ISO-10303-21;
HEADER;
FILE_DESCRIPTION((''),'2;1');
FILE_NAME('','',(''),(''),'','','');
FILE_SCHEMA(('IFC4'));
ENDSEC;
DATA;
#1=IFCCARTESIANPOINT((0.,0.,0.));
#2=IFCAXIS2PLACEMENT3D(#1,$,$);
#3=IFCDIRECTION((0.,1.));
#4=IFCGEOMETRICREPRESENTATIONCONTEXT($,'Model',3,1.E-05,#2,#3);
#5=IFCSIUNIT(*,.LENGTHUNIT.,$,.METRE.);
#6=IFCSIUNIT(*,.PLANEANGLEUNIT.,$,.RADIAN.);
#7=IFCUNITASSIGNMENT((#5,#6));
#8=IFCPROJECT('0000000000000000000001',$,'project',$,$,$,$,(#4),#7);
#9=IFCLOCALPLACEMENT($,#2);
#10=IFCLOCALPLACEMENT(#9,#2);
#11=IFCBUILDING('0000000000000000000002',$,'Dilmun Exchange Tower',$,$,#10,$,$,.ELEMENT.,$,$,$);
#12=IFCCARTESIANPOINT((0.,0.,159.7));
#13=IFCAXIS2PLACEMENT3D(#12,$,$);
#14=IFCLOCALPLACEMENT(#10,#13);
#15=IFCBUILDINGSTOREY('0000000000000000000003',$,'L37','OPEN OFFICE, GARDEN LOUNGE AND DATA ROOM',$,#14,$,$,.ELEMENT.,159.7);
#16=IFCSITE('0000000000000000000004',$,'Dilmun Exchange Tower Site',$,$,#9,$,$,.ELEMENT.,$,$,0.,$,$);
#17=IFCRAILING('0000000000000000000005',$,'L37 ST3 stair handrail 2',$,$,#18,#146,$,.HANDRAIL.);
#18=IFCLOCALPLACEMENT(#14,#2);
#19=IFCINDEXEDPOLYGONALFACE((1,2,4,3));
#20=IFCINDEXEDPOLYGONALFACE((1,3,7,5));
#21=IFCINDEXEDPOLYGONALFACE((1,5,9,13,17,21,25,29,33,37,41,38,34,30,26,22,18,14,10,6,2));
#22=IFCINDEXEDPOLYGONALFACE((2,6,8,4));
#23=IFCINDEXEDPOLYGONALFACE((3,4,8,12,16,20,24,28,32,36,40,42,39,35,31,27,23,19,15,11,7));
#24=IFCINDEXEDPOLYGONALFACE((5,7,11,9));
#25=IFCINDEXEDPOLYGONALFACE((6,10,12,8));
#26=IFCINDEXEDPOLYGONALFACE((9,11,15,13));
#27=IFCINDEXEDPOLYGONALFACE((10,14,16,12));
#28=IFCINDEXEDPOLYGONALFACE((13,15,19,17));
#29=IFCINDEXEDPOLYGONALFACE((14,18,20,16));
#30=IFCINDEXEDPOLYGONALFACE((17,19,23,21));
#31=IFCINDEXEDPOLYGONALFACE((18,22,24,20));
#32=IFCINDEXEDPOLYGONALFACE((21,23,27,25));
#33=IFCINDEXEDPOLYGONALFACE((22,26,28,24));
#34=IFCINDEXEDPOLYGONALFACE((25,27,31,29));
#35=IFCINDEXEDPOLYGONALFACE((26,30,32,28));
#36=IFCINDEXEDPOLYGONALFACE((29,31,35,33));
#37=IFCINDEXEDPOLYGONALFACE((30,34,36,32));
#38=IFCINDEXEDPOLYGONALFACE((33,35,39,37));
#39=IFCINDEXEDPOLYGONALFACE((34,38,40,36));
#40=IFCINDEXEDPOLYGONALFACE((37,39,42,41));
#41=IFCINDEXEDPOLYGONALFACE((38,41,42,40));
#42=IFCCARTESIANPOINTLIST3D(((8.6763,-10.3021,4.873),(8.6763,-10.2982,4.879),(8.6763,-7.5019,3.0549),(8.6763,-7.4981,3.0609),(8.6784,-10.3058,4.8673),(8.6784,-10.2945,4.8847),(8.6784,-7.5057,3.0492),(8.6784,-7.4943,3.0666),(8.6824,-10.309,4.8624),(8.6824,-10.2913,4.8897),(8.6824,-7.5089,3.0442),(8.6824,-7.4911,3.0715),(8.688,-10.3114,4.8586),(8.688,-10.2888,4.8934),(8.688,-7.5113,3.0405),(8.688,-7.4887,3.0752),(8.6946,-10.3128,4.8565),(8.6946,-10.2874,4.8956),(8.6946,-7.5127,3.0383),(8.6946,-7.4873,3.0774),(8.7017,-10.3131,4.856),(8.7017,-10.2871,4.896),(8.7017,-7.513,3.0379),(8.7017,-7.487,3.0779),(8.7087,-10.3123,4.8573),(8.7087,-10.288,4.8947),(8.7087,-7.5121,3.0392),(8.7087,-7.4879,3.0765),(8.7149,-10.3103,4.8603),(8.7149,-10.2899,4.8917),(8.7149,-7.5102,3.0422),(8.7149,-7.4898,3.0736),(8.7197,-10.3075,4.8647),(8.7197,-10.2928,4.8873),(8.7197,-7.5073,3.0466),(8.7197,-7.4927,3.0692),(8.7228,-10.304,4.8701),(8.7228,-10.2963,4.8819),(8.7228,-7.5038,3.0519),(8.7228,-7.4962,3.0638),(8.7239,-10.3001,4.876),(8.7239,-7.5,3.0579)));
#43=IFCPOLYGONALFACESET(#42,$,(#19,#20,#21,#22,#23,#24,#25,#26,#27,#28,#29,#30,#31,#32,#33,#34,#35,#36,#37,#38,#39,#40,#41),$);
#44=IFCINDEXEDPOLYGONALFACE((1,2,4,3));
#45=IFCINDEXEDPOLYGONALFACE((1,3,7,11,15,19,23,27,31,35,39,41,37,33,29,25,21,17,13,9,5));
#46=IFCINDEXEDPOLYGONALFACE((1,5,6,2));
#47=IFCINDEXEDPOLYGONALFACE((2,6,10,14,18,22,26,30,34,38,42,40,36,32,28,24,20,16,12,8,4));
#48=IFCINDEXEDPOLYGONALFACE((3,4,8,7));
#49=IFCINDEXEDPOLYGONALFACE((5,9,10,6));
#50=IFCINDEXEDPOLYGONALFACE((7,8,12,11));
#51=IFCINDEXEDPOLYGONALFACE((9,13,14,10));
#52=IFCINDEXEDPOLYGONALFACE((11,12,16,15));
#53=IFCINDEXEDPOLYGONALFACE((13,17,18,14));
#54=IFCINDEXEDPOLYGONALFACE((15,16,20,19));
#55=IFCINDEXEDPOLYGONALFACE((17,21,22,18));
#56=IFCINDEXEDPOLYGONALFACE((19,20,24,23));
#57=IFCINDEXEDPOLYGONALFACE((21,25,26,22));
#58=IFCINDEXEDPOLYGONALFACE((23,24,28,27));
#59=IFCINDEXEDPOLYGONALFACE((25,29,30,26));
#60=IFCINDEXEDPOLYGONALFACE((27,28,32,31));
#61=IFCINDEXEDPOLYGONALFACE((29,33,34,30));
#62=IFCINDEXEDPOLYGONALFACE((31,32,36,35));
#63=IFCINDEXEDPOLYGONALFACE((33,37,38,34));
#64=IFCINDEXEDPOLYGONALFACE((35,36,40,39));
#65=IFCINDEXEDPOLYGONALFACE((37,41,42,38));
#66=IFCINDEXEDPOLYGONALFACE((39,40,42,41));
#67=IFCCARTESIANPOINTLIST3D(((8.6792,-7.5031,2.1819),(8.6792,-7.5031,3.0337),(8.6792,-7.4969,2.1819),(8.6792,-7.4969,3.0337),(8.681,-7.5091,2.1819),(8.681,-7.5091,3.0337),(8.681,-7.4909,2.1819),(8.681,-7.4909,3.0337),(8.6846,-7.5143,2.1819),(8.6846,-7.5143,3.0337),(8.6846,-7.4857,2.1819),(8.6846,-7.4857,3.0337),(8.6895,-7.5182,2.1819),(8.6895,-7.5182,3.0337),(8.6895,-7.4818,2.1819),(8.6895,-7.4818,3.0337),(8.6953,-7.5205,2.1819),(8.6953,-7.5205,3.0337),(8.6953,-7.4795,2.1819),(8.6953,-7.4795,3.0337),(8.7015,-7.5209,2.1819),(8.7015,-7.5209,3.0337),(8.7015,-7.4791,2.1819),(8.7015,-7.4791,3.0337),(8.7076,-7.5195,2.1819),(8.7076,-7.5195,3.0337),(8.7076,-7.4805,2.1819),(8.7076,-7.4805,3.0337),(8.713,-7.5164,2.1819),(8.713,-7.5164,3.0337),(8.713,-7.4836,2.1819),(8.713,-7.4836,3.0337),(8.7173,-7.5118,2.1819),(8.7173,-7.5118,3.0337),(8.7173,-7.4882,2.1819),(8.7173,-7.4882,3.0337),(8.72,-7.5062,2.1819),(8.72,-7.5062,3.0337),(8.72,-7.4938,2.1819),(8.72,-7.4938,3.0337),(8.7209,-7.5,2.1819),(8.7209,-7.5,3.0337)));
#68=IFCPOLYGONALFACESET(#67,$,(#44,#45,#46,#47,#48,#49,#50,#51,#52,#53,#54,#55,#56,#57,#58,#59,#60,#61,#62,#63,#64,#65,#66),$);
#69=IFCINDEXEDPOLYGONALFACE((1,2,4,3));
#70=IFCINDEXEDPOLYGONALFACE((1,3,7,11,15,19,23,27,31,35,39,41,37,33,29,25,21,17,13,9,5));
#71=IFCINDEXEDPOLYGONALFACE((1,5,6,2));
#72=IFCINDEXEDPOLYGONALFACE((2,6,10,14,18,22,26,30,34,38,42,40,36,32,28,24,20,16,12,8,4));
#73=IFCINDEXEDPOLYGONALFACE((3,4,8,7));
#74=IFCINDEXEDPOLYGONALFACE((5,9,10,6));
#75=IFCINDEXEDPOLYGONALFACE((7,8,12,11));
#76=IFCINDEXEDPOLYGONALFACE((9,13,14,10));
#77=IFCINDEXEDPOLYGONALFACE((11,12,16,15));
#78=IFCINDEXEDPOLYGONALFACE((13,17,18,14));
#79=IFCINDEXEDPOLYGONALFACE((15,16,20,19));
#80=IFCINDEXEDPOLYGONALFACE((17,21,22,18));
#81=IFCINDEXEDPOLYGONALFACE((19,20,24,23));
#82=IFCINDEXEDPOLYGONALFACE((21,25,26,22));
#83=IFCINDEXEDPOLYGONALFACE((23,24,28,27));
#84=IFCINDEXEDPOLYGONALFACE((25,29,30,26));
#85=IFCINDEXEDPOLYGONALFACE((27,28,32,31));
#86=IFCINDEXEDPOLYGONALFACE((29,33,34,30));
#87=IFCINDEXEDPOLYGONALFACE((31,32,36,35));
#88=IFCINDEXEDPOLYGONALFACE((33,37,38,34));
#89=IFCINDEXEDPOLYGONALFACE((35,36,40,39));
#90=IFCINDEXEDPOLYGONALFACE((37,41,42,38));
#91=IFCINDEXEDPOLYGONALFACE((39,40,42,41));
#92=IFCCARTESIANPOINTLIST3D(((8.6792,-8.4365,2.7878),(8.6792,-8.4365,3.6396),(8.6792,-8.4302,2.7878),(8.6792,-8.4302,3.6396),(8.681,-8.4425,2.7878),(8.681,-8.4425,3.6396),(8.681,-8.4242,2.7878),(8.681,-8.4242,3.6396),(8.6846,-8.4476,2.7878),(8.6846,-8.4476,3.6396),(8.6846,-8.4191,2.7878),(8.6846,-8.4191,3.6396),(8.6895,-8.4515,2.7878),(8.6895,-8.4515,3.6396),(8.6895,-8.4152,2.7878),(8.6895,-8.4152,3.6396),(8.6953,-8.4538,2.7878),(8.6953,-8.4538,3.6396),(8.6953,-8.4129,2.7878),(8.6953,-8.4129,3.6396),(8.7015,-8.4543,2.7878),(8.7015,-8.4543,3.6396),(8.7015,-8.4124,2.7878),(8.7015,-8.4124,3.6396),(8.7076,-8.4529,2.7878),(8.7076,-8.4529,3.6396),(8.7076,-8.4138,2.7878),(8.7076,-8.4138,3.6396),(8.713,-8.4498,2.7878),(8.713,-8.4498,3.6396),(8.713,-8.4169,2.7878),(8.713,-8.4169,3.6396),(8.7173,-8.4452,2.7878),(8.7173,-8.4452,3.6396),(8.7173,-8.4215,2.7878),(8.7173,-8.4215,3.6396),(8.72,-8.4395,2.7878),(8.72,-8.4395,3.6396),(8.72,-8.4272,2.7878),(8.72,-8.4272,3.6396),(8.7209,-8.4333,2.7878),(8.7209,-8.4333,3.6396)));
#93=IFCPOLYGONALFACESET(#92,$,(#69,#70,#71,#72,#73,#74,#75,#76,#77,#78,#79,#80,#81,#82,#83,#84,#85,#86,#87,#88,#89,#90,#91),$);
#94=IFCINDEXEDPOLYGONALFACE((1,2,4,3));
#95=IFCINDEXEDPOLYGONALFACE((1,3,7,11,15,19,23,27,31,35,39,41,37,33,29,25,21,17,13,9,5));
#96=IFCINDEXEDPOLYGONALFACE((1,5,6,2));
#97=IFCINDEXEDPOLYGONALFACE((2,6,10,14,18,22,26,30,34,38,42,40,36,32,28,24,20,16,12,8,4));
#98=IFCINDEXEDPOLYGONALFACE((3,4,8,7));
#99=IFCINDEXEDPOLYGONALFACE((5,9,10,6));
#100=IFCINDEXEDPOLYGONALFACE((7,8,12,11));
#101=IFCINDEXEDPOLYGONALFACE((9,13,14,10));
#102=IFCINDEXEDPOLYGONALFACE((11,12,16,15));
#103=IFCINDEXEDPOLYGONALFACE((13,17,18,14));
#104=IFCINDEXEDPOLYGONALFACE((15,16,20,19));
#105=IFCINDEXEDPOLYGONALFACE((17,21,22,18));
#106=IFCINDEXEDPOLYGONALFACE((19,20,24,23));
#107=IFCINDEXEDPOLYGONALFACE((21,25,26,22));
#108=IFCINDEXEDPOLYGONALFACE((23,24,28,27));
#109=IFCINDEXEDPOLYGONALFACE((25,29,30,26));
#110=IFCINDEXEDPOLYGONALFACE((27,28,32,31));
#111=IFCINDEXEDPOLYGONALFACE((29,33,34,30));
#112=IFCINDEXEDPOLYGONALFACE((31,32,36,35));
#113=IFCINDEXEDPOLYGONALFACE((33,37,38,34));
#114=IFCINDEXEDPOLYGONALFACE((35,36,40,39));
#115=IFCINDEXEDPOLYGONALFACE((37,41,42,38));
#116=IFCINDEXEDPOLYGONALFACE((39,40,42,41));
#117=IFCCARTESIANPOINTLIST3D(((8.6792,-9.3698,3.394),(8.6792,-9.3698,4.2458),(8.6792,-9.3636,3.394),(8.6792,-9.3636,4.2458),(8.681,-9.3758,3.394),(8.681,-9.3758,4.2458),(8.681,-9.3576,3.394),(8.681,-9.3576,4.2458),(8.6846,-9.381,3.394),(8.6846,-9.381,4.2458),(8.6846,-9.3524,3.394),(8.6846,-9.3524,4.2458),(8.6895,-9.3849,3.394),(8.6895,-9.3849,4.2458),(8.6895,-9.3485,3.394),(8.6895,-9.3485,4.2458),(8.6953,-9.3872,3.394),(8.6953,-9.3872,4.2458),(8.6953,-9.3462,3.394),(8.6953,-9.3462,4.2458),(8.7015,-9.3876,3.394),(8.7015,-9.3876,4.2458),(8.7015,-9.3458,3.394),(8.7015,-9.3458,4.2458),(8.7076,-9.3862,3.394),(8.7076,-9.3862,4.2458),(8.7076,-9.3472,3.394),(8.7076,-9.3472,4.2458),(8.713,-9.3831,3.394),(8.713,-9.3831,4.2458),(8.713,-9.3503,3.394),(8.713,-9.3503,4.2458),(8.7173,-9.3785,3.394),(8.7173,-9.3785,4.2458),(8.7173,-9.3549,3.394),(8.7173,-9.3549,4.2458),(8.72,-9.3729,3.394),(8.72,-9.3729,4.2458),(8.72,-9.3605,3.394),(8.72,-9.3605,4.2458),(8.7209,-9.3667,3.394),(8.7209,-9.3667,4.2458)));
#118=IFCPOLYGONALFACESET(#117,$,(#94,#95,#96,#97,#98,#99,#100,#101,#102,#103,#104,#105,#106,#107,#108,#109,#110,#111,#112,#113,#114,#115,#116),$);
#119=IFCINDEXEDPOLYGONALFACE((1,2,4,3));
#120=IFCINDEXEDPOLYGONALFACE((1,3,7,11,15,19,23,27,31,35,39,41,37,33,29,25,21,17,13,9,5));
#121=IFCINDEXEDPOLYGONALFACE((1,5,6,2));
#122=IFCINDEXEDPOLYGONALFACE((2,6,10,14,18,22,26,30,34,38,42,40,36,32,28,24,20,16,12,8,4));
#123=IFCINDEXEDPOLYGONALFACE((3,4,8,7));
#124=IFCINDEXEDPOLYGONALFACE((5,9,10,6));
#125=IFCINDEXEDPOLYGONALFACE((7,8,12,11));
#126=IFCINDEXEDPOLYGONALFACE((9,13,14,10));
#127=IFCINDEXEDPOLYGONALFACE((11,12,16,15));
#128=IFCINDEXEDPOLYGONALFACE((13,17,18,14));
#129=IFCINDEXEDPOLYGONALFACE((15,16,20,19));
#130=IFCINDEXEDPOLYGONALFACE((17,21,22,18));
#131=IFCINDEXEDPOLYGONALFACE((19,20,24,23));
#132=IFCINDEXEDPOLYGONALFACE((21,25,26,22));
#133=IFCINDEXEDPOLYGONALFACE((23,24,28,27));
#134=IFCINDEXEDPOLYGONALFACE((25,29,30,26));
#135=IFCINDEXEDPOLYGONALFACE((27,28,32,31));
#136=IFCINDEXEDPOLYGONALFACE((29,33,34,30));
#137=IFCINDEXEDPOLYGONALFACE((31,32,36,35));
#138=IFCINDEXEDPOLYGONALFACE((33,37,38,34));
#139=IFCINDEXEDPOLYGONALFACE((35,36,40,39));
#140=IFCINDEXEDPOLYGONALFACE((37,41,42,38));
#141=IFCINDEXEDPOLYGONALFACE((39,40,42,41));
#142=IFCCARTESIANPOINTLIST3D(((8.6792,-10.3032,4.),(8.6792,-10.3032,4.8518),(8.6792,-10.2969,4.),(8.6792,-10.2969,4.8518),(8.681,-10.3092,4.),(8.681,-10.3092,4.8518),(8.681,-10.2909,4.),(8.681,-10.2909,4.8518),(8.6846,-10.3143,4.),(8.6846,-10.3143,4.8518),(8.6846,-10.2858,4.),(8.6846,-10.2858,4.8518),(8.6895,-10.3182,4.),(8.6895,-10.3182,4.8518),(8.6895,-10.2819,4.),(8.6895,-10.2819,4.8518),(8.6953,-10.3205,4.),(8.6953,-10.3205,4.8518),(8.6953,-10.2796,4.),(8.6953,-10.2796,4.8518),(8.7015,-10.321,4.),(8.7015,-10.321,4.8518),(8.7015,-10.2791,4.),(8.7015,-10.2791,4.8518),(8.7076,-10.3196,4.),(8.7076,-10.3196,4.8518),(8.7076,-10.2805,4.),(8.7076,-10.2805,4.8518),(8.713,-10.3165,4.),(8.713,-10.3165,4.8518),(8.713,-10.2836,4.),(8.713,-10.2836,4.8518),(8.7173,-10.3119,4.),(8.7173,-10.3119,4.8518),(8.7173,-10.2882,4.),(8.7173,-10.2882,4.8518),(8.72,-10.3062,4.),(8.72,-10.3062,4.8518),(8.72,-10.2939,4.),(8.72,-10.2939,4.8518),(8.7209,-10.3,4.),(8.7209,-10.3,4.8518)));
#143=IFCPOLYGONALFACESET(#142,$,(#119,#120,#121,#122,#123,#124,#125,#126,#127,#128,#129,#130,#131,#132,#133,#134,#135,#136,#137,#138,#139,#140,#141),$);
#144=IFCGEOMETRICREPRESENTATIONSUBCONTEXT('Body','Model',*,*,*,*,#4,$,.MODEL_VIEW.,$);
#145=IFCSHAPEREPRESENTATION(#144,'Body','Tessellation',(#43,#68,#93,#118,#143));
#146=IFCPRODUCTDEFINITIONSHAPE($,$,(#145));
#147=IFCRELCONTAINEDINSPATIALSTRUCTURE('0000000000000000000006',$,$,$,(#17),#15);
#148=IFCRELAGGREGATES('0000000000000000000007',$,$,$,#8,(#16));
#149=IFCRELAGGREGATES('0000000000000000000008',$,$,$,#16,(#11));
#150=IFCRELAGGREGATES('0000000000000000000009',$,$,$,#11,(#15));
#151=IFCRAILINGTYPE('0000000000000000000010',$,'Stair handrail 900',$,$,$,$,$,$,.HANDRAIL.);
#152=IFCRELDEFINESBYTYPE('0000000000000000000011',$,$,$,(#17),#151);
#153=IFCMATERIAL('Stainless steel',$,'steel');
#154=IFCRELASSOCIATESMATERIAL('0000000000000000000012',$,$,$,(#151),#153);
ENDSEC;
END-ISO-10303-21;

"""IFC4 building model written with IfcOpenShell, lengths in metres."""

from ifc_helpers import new_model, si_unit, direction, frame, origin, origin_2d, place, context, subcontext, project, spatial, circle, extrude, material, type_object, element, save


model = new_model("IFC4")

# Units and contexts
model_context = context("Model", 3, precision=1e-05, world=origin(), true_north=direction((0.0, 1.0)))
body_context = subcontext(model_context, "Body", "Model", "MODEL_VIEW")
ifc_project = project(units=[si_unit("LENGTHUNIT", "METRE"), si_unit("PLANEANGLEUNIT", "RADIAN")], contexts=[model_context])

# Site, building, storey
site_placement = place(None, origin())
site = spatial("IfcSite", under=ifc_project, at=site_placement, Name="Dilmun Exchange Tower Site", CompositionType="ELEMENT", RefElevation=0.0)
building_placement = place(site_placement, origin())
building = spatial("IfcBuilding", under=site, at=building_placement, Name="Dilmun Exchange Tower", CompositionType="ELEMENT")
storey_placement = place(building_placement, frame((0.0, 0.0, 159.7)))
storey = spatial("IfcBuildingStorey", under=building, at=storey_placement, Name="L37", Description="OPEN OFFICE, GARDEN LOUNGE AND DATA ROOM", CompositionType="ELEMENT", Elevation=159.7)

# Railing
ifc_material_1 = material(Name="Stainless steel", Category="steel")
railing_type = type_object("IfcRailingType", Name="Stair handrail 900", PredefinedType="HANDRAIL", material=ifc_material_1)
railing_placement = place(storey_placement, frame((8.7, -7.5, 2.1819)))
element("IfcRailing", 1, at=railing_placement, inside=storey, type_object=railing_type, Name="L37 ST3 stair handrail 2", PredefinedType="HANDRAIL", context=body_context, shape_type="SweptSolid", body=[
    extrude(circle(Radius=0.0239, at=origin_2d()), frame((0.0, 0.0, 0.876), z_axis=(0.0, -0.838706, 0.544585), x_axis=(1.0, 0.0, 0.0)), (0.0, 0.0, 1.0), 3.3386),
    extrude(circle(Radius=0.021, at=origin_2d()), origin(), (0.0, 0.0, 1.0), 0.8518),
    extrude(circle(Radius=0.021, at=origin_2d()), frame((0.0, -0.9333, 0.606)), (0.0, 0.0, 1.0), 0.8518),
    extrude(circle(Radius=0.021, at=origin_2d()), frame((0.0, -1.8667, 1.2122)), (0.0, 0.0, 1.0), 0.8518),
    extrude(circle(Radius=0.021, at=origin_2d()), frame((0.0, -2.8, 1.8181)), (0.0, 0.0, 1.0), 0.8518),
])

save(model, "model.ifc")
